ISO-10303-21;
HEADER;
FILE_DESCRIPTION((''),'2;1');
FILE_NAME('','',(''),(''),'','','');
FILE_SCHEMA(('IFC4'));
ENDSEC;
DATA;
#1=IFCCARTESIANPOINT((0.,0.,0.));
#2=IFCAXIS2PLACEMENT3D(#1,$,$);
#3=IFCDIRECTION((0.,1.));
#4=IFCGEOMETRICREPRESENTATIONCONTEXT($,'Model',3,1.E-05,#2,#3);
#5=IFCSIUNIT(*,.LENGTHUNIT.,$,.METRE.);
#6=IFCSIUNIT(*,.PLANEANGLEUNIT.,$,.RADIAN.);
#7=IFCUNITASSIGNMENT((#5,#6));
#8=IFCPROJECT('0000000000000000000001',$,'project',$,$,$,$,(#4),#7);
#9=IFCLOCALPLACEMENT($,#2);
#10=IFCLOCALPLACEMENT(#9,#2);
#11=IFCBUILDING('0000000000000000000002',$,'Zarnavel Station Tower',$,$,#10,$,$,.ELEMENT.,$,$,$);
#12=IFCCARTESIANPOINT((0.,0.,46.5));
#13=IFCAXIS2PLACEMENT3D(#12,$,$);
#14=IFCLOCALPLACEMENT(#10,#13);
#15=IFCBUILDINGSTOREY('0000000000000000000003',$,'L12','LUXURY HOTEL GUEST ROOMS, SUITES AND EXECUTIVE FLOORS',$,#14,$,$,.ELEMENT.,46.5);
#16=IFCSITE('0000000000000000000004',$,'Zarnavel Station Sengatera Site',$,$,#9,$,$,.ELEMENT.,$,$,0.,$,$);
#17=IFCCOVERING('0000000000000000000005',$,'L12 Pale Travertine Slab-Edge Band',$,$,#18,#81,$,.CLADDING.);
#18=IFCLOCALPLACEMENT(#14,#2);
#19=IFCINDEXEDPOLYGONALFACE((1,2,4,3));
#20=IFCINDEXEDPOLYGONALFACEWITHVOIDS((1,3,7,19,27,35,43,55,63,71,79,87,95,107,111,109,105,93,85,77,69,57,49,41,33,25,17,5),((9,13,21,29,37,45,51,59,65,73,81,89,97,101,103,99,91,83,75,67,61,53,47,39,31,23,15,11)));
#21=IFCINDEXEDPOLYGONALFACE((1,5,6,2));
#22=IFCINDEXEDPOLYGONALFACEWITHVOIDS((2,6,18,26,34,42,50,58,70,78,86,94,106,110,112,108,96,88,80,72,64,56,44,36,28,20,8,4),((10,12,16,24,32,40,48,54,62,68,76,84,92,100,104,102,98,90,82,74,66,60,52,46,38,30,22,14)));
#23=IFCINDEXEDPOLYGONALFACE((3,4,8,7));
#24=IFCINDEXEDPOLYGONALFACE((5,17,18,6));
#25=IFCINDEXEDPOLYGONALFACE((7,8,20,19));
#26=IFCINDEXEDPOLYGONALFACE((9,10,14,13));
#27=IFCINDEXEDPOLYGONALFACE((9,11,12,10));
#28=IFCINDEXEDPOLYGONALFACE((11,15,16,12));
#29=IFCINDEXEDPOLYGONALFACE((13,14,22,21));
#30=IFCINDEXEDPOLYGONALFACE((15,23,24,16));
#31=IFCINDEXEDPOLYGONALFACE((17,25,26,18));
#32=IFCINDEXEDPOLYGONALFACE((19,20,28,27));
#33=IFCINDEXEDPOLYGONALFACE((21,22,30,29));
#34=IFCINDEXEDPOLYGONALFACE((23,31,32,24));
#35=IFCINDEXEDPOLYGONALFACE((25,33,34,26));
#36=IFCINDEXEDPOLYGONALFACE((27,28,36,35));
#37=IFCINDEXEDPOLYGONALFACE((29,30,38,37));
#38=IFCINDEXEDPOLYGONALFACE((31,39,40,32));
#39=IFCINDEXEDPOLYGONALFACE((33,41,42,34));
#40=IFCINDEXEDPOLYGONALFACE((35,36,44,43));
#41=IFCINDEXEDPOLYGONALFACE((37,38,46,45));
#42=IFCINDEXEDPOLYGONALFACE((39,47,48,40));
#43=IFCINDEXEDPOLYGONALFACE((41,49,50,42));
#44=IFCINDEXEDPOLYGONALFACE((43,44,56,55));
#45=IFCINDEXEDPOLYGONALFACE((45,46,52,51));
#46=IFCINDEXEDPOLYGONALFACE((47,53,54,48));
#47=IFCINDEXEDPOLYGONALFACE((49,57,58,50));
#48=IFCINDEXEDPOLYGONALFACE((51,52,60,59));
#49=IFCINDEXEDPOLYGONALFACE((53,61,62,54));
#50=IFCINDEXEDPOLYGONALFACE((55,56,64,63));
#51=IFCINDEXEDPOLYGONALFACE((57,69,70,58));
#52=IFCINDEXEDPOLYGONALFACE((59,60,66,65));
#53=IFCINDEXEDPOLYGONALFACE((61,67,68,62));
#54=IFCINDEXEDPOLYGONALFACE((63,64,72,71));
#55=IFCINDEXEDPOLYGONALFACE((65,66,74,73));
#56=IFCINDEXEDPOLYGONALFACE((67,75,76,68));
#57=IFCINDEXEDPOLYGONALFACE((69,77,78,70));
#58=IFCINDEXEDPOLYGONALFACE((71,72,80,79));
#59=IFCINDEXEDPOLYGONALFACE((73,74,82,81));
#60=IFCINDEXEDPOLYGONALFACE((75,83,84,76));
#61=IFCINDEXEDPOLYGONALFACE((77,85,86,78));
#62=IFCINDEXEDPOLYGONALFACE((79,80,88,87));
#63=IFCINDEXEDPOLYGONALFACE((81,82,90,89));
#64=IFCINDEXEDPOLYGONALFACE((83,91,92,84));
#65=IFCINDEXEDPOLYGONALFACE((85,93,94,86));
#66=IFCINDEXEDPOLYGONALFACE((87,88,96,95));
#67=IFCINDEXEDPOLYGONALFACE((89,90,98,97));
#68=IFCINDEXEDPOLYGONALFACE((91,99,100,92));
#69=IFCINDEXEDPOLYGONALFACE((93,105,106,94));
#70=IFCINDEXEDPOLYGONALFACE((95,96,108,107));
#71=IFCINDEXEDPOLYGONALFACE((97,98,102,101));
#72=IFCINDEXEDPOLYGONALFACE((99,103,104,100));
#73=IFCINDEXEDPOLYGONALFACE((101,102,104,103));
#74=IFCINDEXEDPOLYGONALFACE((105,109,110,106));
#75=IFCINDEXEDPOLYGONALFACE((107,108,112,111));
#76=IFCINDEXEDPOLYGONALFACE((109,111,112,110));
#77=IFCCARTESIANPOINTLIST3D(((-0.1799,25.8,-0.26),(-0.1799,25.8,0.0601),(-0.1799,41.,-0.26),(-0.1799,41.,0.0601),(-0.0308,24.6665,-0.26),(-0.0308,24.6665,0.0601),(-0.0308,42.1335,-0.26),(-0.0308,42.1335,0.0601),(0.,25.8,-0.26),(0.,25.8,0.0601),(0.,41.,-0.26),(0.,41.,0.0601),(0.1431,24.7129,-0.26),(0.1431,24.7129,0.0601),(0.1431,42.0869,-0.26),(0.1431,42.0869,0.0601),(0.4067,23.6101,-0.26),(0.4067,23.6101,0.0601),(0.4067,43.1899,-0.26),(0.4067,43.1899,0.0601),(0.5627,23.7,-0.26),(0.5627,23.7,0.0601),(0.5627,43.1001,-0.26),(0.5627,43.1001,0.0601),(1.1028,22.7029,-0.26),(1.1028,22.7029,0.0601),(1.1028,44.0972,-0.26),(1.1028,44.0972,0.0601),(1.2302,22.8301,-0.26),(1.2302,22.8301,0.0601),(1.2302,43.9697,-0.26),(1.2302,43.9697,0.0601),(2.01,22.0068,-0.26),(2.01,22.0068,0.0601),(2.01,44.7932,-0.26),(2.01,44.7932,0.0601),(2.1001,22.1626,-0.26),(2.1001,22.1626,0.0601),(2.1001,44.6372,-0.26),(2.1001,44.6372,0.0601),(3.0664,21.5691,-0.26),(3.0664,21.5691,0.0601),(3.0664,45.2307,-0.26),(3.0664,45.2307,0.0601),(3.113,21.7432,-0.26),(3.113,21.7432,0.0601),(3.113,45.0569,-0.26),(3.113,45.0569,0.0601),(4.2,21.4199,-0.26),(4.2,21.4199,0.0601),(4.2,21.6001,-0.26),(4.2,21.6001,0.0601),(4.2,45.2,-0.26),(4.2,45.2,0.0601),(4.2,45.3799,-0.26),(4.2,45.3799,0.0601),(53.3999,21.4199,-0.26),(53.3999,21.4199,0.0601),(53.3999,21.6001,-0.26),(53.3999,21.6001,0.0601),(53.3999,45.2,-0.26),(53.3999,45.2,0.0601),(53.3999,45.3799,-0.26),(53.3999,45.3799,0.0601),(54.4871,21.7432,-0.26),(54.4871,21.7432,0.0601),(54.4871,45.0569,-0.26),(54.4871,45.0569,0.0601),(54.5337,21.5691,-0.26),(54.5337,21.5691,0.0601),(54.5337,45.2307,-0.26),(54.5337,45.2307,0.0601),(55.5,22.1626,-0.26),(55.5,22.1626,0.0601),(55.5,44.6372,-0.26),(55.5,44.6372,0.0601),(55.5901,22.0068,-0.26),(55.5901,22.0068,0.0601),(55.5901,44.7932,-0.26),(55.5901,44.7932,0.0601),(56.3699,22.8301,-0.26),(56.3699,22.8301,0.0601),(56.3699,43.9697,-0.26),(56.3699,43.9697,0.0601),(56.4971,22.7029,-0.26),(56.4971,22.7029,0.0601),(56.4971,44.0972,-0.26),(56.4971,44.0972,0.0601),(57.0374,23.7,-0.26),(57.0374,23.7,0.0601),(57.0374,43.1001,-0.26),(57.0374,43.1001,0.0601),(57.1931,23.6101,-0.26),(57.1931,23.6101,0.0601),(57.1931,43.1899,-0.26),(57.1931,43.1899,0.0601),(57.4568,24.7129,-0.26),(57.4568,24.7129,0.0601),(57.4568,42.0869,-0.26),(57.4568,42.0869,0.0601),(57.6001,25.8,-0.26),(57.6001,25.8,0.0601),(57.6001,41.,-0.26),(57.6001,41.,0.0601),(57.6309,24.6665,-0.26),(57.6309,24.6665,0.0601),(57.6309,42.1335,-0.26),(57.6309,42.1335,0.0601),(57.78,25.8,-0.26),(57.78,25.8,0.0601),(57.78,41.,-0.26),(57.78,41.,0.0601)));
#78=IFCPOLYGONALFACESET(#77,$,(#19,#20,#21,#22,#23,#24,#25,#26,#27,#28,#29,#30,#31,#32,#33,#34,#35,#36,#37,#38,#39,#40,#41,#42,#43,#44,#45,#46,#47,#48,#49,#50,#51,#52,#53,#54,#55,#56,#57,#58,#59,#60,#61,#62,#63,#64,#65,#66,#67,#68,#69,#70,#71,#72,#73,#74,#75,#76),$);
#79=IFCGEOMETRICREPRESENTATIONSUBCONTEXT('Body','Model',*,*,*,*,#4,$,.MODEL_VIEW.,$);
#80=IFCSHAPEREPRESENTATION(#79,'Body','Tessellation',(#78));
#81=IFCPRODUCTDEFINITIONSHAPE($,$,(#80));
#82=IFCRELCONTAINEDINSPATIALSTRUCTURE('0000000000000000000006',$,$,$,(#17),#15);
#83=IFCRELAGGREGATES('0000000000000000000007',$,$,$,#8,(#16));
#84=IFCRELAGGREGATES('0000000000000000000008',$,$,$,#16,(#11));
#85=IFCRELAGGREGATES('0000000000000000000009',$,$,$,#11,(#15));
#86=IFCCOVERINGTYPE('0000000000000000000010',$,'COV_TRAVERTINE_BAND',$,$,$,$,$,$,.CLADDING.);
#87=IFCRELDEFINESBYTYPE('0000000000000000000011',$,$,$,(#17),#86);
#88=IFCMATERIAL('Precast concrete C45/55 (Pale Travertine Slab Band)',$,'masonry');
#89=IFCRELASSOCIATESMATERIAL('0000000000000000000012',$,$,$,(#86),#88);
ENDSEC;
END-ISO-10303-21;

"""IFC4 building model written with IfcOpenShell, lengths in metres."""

from ifc_helpers import new_model, si_unit, direction, frame, origin, place, context, subcontext, project, spatial, polyline, outline, extrude, material, type_object, element, save


model = new_model("IFC4")

# Units and contexts
model_context = context("Model", 3, precision=1e-05, world=origin(), true_north=direction((0.0, 1.0)))
body_context = subcontext(model_context, "Body", "Model", "MODEL_VIEW")
ifc_project = project(units=[si_unit("LENGTHUNIT", "METRE"), si_unit("PLANEANGLEUNIT", "RADIAN")], contexts=[model_context])

# Site, building, storey
site_placement = place(None, origin())
site = spatial("IfcSite", under=ifc_project, at=site_placement, Name="Zarnavel Station Sengatera Site", CompositionType="ELEMENT", RefElevation=0.0)
building_placement = place(site_placement, origin())
building = spatial("IfcBuilding", under=site, at=building_placement, Name="Zarnavel Station Tower", CompositionType="ELEMENT")
storey_placement = place(building_placement, frame((0.0, 0.0, 46.5)))
storey = spatial("IfcBuildingStorey", under=building, at=storey_placement, Name="L12", Description="LUXURY HOTEL GUEST ROOMS, SUITES AND EXECUTIVE FLOORS", CompositionType="ELEMENT", Elevation=46.5)

# Covering
ifc_material_1 = material(Name="Precast concrete C45/55 (Pale Travertine Slab Band)", Category="masonry")
covering_type_1 = type_object("IfcCoveringType", Name="COV_TRAVERTINE_BAND", PredefinedType="CLADDING", material=ifc_material_1)
covering_1_placement = place(storey_placement, frame((0.0, 0.0, -0.26)))
element("IfcCovering", 1, at=covering_1_placement, inside=storey, type_object=covering_type_1, Name="L12 Pale Travertine Slab-Edge Band", PredefinedType="CLADDING", context=body_context, shape_type="SweptSolid", body=[
    extrude(outline(polyline([(53.3999, 21.4199), (54.5337, 21.5691), (55.5901, 22.0068), (56.4971, 22.7029), (57.1931, 23.6101), (57.6309, 24.6665), (57.78, 25.8), (57.78, 41.0), (57.6309, 42.1335), (57.1931, 43.1899), (56.4971, 44.0972), (55.5901, 44.7932), (54.5337, 45.2307), (53.3999, 45.3799), (4.2, 45.3799), (3.0664, 45.2307), (2.01, 44.7932), (1.1028, 44.0972), (0.4067, 43.1899), (-0.0308, 42.1335), (-0.1799, 41.0), (-0.1799, 25.8), (-0.0308, 24.6665), (0.4067, 23.6101), (1.1028, 22.7029), (2.01, 22.0068), (3.0664, 21.5691), (4.2, 21.4199), (53.3999, 21.4199)]), holes=[polyline([(53.3999, 21.6001), (54.4871, 21.7432), (55.5, 22.1626), (56.3699, 22.8301), (57.0374, 23.7), (57.4568, 24.7129), (57.6001, 25.8), (57.6001, 41.0), (57.4568, 42.0869), (57.0374, 43.1001), (56.3699, 43.9697), (55.5, 44.6372), (54.4871, 45.0569), (53.3999, 45.2), (4.2, 45.2), (3.113, 45.0569), (2.1001, 44.6372), (1.2302, 43.9697), (0.5627, 43.1001), (0.1431, 42.0869), (0.0, 41.0), (0.0, 25.8), (0.1431, 24.7129), (0.5627, 23.7), (1.2302, 22.8301), (2.1001, 22.1626), (3.113, 21.7432), (4.2, 21.6001), (53.3999, 21.6001)])]), origin(), (0.0, 0.0, 1.0), 0.3201),
])

save(model, "model.ifc")
